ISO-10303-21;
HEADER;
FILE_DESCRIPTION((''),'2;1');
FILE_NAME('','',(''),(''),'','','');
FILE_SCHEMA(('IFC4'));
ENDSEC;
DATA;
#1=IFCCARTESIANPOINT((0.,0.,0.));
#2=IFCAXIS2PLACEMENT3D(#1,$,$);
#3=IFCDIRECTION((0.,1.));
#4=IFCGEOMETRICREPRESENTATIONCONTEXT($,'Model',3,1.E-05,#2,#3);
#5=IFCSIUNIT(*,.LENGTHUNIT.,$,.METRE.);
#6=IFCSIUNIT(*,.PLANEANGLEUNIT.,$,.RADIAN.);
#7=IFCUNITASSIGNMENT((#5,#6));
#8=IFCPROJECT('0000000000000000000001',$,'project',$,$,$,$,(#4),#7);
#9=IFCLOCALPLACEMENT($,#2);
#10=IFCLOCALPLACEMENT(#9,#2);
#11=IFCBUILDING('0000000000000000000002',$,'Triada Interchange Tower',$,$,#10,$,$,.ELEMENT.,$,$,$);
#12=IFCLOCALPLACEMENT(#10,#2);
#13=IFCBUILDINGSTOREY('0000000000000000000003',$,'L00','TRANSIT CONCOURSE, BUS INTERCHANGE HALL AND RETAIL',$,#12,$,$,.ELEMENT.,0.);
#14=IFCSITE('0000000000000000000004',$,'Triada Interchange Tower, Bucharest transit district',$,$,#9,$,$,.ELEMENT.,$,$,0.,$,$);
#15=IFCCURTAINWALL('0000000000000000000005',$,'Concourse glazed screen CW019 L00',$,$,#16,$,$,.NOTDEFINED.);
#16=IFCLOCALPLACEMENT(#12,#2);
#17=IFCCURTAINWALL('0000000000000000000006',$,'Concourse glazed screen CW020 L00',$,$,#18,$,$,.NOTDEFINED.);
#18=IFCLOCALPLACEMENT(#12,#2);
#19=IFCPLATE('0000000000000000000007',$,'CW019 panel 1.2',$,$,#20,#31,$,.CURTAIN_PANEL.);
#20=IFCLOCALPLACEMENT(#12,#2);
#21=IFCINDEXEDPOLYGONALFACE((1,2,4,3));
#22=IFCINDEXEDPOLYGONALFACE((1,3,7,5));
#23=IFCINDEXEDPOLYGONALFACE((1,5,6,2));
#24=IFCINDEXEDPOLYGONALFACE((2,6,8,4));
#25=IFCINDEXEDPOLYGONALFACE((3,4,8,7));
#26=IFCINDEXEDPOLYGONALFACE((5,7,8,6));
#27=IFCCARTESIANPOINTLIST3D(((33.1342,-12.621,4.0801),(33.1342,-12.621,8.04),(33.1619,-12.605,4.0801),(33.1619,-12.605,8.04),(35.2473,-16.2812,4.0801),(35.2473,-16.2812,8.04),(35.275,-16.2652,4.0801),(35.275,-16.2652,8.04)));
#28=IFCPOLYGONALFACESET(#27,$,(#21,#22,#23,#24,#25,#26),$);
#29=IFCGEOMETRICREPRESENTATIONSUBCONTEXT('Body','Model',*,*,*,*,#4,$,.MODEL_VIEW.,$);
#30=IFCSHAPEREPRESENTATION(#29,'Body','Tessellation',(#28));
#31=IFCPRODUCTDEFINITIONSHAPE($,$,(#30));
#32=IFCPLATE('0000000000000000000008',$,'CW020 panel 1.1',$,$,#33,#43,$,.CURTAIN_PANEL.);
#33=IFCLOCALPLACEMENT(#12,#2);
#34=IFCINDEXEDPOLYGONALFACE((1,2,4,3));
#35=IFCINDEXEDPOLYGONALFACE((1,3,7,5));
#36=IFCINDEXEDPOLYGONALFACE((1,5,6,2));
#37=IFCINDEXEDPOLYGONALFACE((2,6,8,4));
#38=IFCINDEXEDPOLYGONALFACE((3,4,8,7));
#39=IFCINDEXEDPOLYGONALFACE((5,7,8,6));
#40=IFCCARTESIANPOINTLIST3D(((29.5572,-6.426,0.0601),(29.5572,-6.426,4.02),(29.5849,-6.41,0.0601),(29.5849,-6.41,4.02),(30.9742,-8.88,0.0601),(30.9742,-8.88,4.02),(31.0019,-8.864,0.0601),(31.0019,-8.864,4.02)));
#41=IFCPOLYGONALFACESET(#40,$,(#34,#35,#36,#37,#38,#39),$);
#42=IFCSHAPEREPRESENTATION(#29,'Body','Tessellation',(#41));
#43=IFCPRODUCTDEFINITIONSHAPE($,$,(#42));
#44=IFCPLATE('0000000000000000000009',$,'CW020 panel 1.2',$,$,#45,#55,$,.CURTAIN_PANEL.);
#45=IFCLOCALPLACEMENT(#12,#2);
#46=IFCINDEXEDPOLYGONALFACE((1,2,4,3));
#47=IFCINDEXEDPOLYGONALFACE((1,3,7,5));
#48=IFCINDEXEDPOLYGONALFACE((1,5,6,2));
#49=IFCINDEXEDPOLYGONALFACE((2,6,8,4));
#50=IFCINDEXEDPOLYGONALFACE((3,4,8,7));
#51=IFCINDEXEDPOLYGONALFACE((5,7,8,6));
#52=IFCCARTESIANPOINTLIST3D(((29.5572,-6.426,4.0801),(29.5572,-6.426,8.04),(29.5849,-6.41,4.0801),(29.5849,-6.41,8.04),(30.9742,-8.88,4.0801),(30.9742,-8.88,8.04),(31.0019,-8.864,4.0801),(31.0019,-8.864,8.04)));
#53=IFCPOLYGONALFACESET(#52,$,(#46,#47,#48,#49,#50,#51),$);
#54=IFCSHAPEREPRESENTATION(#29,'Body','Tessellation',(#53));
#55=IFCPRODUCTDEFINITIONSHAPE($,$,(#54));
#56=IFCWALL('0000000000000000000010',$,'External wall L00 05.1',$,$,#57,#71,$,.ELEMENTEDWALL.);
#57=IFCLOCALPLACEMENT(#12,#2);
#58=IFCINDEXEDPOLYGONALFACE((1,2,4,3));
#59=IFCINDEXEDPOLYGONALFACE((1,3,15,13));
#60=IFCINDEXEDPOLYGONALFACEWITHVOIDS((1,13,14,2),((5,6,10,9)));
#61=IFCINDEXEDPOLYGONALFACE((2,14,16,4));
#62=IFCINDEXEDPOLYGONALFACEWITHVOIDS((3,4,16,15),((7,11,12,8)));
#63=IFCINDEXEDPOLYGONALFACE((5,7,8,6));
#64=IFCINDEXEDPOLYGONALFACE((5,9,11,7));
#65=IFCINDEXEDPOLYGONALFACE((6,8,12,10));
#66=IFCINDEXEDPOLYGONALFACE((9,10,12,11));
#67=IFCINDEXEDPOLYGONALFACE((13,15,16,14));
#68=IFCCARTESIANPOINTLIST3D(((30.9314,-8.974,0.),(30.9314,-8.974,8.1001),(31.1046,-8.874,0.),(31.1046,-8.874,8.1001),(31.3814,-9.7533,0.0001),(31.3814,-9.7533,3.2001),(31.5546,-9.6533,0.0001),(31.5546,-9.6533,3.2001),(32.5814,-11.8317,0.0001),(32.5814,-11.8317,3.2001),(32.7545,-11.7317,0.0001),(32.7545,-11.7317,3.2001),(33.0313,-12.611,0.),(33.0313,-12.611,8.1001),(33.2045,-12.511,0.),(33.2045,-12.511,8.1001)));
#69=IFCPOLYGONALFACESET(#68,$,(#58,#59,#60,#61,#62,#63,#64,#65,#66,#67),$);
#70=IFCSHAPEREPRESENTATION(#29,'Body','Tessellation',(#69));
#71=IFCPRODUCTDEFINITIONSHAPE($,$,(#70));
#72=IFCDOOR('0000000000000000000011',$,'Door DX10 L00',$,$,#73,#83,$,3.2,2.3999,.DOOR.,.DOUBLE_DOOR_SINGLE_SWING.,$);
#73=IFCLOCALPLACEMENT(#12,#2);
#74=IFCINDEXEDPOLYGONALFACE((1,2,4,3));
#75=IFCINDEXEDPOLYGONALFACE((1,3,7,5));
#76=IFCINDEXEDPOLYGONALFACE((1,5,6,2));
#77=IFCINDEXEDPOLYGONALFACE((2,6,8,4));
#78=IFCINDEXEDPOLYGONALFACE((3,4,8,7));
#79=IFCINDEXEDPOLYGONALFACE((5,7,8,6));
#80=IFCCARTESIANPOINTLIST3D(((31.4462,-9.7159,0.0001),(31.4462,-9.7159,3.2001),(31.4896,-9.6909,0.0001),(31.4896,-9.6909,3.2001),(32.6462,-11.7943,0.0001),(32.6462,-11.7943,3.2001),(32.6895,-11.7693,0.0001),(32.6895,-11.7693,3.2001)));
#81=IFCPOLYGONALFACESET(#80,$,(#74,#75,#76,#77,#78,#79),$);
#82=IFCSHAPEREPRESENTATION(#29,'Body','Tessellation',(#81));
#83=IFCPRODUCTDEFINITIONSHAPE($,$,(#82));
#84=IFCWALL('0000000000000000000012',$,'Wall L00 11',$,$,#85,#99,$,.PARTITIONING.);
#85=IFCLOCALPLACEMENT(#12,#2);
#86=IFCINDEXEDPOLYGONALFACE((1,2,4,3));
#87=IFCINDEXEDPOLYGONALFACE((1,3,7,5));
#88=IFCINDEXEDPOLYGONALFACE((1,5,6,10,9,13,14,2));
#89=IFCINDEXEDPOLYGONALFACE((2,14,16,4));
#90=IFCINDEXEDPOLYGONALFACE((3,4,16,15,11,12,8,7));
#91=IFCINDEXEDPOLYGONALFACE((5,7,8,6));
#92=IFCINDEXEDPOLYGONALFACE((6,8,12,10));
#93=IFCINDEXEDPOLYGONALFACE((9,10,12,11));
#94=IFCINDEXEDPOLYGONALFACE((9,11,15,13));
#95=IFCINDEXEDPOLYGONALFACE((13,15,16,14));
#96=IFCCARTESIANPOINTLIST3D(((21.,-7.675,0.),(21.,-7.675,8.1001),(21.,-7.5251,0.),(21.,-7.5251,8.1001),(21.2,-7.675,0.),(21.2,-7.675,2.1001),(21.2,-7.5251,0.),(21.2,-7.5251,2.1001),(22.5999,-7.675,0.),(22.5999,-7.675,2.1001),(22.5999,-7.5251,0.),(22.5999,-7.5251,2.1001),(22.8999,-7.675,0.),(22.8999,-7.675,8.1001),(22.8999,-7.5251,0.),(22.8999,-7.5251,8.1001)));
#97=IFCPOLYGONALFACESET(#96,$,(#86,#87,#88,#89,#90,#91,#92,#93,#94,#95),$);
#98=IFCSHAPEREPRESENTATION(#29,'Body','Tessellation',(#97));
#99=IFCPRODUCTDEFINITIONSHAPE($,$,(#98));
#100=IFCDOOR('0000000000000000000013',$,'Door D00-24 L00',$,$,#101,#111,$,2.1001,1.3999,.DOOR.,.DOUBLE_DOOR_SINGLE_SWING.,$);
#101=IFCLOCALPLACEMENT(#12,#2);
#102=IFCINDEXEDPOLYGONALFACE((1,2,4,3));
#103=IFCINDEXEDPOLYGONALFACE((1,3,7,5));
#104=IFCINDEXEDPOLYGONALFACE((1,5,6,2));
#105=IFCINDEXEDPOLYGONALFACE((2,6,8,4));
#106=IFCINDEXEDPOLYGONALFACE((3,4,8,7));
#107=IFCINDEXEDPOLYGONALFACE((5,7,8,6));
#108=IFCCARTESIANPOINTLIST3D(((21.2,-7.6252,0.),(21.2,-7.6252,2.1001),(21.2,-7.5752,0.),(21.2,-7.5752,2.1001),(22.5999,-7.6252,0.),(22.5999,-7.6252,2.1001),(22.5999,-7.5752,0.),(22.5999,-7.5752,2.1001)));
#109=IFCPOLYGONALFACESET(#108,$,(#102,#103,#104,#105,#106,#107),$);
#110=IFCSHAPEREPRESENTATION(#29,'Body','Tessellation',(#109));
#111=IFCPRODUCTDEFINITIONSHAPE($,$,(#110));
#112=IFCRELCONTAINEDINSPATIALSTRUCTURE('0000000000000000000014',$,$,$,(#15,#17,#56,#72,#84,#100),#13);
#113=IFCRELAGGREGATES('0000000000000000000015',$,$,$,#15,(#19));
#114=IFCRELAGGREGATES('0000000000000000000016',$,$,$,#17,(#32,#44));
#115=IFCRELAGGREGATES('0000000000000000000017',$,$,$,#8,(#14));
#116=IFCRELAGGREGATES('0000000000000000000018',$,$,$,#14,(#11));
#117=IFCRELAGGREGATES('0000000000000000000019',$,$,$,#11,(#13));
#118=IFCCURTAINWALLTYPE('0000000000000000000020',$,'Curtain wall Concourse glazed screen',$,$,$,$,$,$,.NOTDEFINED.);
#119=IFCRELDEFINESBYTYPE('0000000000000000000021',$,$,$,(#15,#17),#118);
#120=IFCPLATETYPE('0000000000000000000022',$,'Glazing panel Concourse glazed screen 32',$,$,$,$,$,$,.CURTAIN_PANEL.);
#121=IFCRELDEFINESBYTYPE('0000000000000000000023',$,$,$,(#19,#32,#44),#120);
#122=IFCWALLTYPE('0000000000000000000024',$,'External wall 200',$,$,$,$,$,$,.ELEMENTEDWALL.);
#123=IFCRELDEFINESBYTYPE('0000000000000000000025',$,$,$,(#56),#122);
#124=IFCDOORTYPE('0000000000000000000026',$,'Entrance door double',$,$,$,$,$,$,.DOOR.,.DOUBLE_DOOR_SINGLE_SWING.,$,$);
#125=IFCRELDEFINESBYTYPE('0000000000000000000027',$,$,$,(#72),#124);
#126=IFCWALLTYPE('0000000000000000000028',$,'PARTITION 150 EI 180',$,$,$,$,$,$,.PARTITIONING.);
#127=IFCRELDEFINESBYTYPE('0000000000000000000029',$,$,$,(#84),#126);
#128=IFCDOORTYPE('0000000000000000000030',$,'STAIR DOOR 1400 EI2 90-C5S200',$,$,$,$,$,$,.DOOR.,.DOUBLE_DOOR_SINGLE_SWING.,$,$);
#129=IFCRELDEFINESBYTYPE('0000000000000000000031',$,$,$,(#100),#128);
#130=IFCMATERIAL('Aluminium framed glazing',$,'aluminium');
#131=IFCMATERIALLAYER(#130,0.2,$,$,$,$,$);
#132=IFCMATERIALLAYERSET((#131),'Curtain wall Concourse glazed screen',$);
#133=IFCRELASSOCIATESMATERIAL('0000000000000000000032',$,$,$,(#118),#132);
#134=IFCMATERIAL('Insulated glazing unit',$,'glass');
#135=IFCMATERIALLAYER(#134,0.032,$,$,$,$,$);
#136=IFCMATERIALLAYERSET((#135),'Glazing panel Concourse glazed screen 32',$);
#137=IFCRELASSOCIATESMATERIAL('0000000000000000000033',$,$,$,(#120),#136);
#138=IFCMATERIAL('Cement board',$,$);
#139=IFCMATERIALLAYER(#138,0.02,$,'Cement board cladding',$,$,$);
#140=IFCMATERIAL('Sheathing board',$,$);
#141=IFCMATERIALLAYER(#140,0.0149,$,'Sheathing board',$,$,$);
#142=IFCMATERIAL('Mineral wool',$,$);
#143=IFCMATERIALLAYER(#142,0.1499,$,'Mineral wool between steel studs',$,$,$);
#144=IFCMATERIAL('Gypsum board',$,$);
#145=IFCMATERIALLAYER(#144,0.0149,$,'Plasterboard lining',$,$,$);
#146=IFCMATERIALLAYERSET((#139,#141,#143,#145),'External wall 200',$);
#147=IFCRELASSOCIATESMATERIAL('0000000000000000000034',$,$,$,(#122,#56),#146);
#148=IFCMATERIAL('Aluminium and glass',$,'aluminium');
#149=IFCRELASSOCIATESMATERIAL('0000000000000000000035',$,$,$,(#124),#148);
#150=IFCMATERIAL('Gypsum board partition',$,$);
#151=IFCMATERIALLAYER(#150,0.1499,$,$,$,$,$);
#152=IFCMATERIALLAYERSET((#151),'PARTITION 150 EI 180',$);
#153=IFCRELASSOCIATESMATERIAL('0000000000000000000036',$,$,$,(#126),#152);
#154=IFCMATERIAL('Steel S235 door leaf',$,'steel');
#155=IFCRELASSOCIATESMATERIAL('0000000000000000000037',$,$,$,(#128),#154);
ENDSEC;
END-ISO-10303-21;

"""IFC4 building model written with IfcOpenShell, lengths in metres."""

from ifc_helpers import new_model, si_unit, direction, frame, frame_2d, origin, origin_2d, place, context, subcontext, project, spatial, rectangle, extrude, material, layer, layer_set, layer_usage, type_object, element, fill, aggregate, save


model = new_model("IFC4")

# Units and contexts
model_context = context("Model", 3, precision=1e-05, world=origin(), true_north=direction((0.0, 1.0)))
body_context = subcontext(model_context, "Body", "Model", "MODEL_VIEW")
ifc_project = project(units=[si_unit("LENGTHUNIT", "METRE"), si_unit("PLANEANGLEUNIT", "RADIAN")], contexts=[model_context])

# Site, building, storey
site_placement = place(None, origin())
site = spatial("IfcSite", under=ifc_project, at=site_placement, Name="Triada Interchange Tower, Bucharest transit district", CompositionType="ELEMENT", RefElevation=0.0)
building_placement = place(site_placement, origin())
building = spatial("IfcBuilding", under=site, at=building_placement, Name="Triada Interchange Tower", CompositionType="ELEMENT")
storey_placement = place(building_placement, origin())
storey = spatial("IfcBuildingStorey", under=building, at=storey_placement, Name="L00", Description="TRANSIT CONCOURSE, BUS INTERCHANGE HALL AND RETAIL", CompositionType="ELEMENT", Elevation=0.0)

# Curtain walls
ifc_material_1 = material(Name="Aluminium framed glazing", Category="aluminium")
ifc_layer_1 = layer(ifc_material_1, 0.2)
ifc_layer_set_1 = layer_set([ifc_layer_1], Name="Curtain wall Concourse glazed screen")
curtain_wall_type = type_object("IfcCurtainWallType", Name="Curtain wall Concourse glazed screen", PredefinedType="NOTDEFINED", material=ifc_layer_set_1)
curtain_wall_1_placement = place(storey_placement, origin())
curtain_wall_1 = element("IfcCurtainWall", 1, at=curtain_wall_1_placement, inside=storey, type_object=curtain_wall_type, Name="Concourse glazed screen CW019 L00", PredefinedType="NOTDEFINED")
curtain_wall_2_placement = place(storey_placement, origin())
curtain_wall_2 = element("IfcCurtainWall", 2, at=curtain_wall_2_placement, inside=storey, type_object=curtain_wall_type, Name="Concourse glazed screen CW020 L00", PredefinedType="NOTDEFINED")

# Plates
ifc_material_2 = material(Name="Insulated glazing unit", Category="glass")
ifc_layer_2 = layer(ifc_material_2, 0.032)
ifc_layer_set_2 = layer_set([ifc_layer_2], Name="Glazing panel Concourse glazed screen 32")
plate_type = type_object("IfcPlateType", Name="Glazing panel Concourse glazed screen 32", PredefinedType="CURTAIN_PANEL", material=ifc_layer_set_2)
plate_1_placement = place(storey_placement, frame((34.2046, -14.4431, 4.0801), z_axis=(0.0, 0.0, 1.0), x_axis=(-0.499975, 0.86604, 0.0)))
plate_1 = element("IfcPlate", 3, at=plate_1_placement, type_object=plate_type, Name="CW019 panel 1.2", PredefinedType="CURTAIN_PANEL", context=body_context, shape_type="SweptSolid", body=[
    extrude(rectangle(XDim=4.2263, YDim=0.032, at=origin_2d()), origin(), (0.0, 0.0, 1.0), 3.96),
])
aggregate(curtain_wall_1, [plate_1])
plate_2_placement = place(storey_placement, frame((30.2795, -7.645, 0.0601), z_axis=(0.0, 0.0, 1.0), x_axis=(-0.500035, 0.866005, 0.0)))
plate_2 = element("IfcPlate", 4, at=plate_2_placement, type_object=plate_type, Name="CW020 panel 1.1", PredefinedType="CURTAIN_PANEL", context=body_context, shape_type="SweptSolid", body=[
    extrude(rectangle(XDim=2.8337, YDim=0.032, at=origin_2d()), origin(), (0.0, 0.0, 1.0), 3.96),
])
plate_3_placement = place(storey_placement, frame((30.2795, -7.645, 4.0801), z_axis=(0.0, 0.0, 1.0), x_axis=(-0.500035, 0.866005, 0.0)))
plate_3 = element("IfcPlate", 5, at=plate_3_placement, type_object=plate_type, Name="CW020 panel 1.2", PredefinedType="CURTAIN_PANEL", context=body_context, shape_type="SweptSolid", body=[
    extrude(rectangle(XDim=2.8337, YDim=0.032, at=origin_2d()), origin(), (0.0, 0.0, 1.0), 3.96),
])
aggregate(curtain_wall_2, [plate_2, plate_3])

# Walls, openings, doors
ifc_material_3 = material(Name="Cement board")
ifc_layer_3 = layer(ifc_material_3, 0.02, Name="Cement board cladding")
ifc_material_4 = material(Name="Sheathing board")
ifc_layer_4 = layer(ifc_material_4, 0.0149, Name="Sheathing board")
ifc_material_5 = material(Name="Mineral wool")
ifc_layer_5 = layer(ifc_material_5, 0.1499, Name="Mineral wool between steel studs")
ifc_material_6 = material(Name="Gypsum board")
ifc_layer_6 = layer(ifc_material_6, 0.0149, Name="Plasterboard lining")
ifc_layer_set_3 = layer_set([ifc_layer_3, ifc_layer_4, ifc_layer_5, ifc_layer_6], Name="External wall 200")
ifc_layer_usage = layer_usage(ifc_layer_set_3, "AXIS2", "POSITIVE", -0.1001)
wall_type_1 = type_object("IfcWallType", Name="External wall 200", PredefinedType="ELEMENTEDWALL", material=ifc_layer_set_3)
wall_1_placement = place(storey_placement, frame((33.1179, -12.561, 0.0), z_axis=(0.0, 0.0, 1.0), x_axis=(-0.500009, 0.86602, 0.0)))
wall_1 = element("IfcWall", 6, at=wall_1_placement, inside=storey, type_object=wall_type_1, material=ifc_layer_usage, Name="External wall L00 05.1", PredefinedType="ELEMENTEDWALL", context=body_context, shape_type="SweptSolid", body=[
    extrude(rectangle(XDim=4.1997, YDim=0.2, at=frame_2d((2.0999, 0.0))), origin(), (0.0, 0.0, 1.0), 8.1001),
])
opening_1_placement = place(wall_1_placement, frame((0.8999, 0.0, 0.0)))
opening_1 = element("IfcOpeningElement", 7, at=opening_1_placement, cuts=wall_1, PredefinedType="OPENING", context=body_context, shape_type="SweptSolid", body=[
    extrude(rectangle(XDim=2.3999, YDim=3.2, at=frame_2d((1.2, 1.6001))), frame((0.0, 0.1099, 0.0), z_axis=(0.0, -1.0, 0.0), x_axis=(1.0, 0.0, 0.0)), (0.0, 0.0, 1.0), 0.22),
])
ifc_material_7 = material(Name="Aluminium and glass", Category="aluminium")
door_type_1 = type_object("IfcDoorType", Name="Entrance door double", OperationType="DOUBLE_DOOR_SINGLE_SWING", PredefinedType="DOOR", material=ifc_material_7)
door_1_placement = place(opening_1_placement, frame((2.3999, 0.0, 0.0), z_axis=(0.0, 0.0, 1.0), x_axis=(-1.0, 0.0, 0.0)))
door_1 = element("IfcDoor", 8, at=door_1_placement, inside=storey, type_object=door_type_1, Name="Door DX10 L00", OperationType="DOUBLE_DOOR_SINGLE_SWING", OverallHeight=3.2, OverallWidth=2.3999, PredefinedType="DOOR", context=body_context, shape_type="SweptSolid", body=[
    extrude(rectangle(XDim=2.3999, YDim=3.2, at=frame_2d((1.2, 1.6001))), frame((0.0, 0.0249, 0.0), z_axis=(0.0, -1.0, 0.0), x_axis=(1.0, 0.0, 0.0)), (0.0, 0.0, 1.0), 0.05),
])
fill(opening_1, door_1)
ifc_material_8 = material(Name="Gypsum board partition")
ifc_layer_7 = layer(ifc_material_8, 0.1499)
ifc_layer_set_4 = layer_set([ifc_layer_7], Name="PARTITION 150 EI 180")
wall_type_2 = type_object("IfcWallType", Name="PARTITION 150 EI 180", PredefinedType="PARTITIONING", material=ifc_layer_set_4)
wall_2_placement = place(storey_placement, frame((21.0, -7.6001, 0.0), z_axis=(0.0, 0.0, 1.0), x_axis=(1.0, 0.0, 0.0)))
wall_2 = element("IfcWall", 9, at=wall_2_placement, inside=storey, type_object=wall_type_2, Name="Wall L00 11", PredefinedType="PARTITIONING", context=body_context, shape_type="SweptSolid", body=[
    extrude(rectangle(XDim=1.8999, YDim=0.1499, at=frame_2d((0.95, 0.0))), origin(), (0.0, 0.0, 1.0), 8.1001),
])
opening_2_placement = place(wall_2_placement, frame((0.2, 0.0, 0.0)))
opening_2 = element("IfcOpeningElement", 10, at=opening_2_placement, cuts=wall_2, PredefinedType="OPENING", context=body_context, shape_type="SweptSolid", body=[
    extrude(rectangle(XDim=1.3999, YDim=2.1001, at=frame_2d((0.7, 1.05))), frame((0.0, 0.085, 0.0), z_axis=(0.0, -1.0, 0.0), x_axis=(1.0, 0.0, 0.0)), (0.0, 0.0, 1.0), 0.1699),
])
ifc_material_9 = material(Name="Steel S235 door leaf", Category="steel")
door_type_2 = type_object("IfcDoorType", Name="STAIR DOOR 1400 EI2 90-C5S200", OperationType="DOUBLE_DOOR_SINGLE_SWING", PredefinedType="DOOR", material=ifc_material_9)
door_2_placement = place(opening_2_placement, origin())
door_2 = element("IfcDoor", 11, at=door_2_placement, inside=storey, type_object=door_type_2, Name="Door D00-24 L00", OperationType="DOUBLE_DOOR_SINGLE_SWING", OverallHeight=2.1001, OverallWidth=1.3999, PredefinedType="DOOR", context=body_context, shape_type="SweptSolid", body=[
    extrude(rectangle(XDim=1.3999, YDim=2.1001, at=frame_2d((0.7, 1.05))), frame((0.0, 0.0249, 0.0), z_axis=(0.0, -1.0, 0.0), x_axis=(1.0, 0.0, 0.0)), (0.0, 0.0, 1.0), 0.05),
])
fill(opening_2, door_2)

save(model, "model.ifc")
